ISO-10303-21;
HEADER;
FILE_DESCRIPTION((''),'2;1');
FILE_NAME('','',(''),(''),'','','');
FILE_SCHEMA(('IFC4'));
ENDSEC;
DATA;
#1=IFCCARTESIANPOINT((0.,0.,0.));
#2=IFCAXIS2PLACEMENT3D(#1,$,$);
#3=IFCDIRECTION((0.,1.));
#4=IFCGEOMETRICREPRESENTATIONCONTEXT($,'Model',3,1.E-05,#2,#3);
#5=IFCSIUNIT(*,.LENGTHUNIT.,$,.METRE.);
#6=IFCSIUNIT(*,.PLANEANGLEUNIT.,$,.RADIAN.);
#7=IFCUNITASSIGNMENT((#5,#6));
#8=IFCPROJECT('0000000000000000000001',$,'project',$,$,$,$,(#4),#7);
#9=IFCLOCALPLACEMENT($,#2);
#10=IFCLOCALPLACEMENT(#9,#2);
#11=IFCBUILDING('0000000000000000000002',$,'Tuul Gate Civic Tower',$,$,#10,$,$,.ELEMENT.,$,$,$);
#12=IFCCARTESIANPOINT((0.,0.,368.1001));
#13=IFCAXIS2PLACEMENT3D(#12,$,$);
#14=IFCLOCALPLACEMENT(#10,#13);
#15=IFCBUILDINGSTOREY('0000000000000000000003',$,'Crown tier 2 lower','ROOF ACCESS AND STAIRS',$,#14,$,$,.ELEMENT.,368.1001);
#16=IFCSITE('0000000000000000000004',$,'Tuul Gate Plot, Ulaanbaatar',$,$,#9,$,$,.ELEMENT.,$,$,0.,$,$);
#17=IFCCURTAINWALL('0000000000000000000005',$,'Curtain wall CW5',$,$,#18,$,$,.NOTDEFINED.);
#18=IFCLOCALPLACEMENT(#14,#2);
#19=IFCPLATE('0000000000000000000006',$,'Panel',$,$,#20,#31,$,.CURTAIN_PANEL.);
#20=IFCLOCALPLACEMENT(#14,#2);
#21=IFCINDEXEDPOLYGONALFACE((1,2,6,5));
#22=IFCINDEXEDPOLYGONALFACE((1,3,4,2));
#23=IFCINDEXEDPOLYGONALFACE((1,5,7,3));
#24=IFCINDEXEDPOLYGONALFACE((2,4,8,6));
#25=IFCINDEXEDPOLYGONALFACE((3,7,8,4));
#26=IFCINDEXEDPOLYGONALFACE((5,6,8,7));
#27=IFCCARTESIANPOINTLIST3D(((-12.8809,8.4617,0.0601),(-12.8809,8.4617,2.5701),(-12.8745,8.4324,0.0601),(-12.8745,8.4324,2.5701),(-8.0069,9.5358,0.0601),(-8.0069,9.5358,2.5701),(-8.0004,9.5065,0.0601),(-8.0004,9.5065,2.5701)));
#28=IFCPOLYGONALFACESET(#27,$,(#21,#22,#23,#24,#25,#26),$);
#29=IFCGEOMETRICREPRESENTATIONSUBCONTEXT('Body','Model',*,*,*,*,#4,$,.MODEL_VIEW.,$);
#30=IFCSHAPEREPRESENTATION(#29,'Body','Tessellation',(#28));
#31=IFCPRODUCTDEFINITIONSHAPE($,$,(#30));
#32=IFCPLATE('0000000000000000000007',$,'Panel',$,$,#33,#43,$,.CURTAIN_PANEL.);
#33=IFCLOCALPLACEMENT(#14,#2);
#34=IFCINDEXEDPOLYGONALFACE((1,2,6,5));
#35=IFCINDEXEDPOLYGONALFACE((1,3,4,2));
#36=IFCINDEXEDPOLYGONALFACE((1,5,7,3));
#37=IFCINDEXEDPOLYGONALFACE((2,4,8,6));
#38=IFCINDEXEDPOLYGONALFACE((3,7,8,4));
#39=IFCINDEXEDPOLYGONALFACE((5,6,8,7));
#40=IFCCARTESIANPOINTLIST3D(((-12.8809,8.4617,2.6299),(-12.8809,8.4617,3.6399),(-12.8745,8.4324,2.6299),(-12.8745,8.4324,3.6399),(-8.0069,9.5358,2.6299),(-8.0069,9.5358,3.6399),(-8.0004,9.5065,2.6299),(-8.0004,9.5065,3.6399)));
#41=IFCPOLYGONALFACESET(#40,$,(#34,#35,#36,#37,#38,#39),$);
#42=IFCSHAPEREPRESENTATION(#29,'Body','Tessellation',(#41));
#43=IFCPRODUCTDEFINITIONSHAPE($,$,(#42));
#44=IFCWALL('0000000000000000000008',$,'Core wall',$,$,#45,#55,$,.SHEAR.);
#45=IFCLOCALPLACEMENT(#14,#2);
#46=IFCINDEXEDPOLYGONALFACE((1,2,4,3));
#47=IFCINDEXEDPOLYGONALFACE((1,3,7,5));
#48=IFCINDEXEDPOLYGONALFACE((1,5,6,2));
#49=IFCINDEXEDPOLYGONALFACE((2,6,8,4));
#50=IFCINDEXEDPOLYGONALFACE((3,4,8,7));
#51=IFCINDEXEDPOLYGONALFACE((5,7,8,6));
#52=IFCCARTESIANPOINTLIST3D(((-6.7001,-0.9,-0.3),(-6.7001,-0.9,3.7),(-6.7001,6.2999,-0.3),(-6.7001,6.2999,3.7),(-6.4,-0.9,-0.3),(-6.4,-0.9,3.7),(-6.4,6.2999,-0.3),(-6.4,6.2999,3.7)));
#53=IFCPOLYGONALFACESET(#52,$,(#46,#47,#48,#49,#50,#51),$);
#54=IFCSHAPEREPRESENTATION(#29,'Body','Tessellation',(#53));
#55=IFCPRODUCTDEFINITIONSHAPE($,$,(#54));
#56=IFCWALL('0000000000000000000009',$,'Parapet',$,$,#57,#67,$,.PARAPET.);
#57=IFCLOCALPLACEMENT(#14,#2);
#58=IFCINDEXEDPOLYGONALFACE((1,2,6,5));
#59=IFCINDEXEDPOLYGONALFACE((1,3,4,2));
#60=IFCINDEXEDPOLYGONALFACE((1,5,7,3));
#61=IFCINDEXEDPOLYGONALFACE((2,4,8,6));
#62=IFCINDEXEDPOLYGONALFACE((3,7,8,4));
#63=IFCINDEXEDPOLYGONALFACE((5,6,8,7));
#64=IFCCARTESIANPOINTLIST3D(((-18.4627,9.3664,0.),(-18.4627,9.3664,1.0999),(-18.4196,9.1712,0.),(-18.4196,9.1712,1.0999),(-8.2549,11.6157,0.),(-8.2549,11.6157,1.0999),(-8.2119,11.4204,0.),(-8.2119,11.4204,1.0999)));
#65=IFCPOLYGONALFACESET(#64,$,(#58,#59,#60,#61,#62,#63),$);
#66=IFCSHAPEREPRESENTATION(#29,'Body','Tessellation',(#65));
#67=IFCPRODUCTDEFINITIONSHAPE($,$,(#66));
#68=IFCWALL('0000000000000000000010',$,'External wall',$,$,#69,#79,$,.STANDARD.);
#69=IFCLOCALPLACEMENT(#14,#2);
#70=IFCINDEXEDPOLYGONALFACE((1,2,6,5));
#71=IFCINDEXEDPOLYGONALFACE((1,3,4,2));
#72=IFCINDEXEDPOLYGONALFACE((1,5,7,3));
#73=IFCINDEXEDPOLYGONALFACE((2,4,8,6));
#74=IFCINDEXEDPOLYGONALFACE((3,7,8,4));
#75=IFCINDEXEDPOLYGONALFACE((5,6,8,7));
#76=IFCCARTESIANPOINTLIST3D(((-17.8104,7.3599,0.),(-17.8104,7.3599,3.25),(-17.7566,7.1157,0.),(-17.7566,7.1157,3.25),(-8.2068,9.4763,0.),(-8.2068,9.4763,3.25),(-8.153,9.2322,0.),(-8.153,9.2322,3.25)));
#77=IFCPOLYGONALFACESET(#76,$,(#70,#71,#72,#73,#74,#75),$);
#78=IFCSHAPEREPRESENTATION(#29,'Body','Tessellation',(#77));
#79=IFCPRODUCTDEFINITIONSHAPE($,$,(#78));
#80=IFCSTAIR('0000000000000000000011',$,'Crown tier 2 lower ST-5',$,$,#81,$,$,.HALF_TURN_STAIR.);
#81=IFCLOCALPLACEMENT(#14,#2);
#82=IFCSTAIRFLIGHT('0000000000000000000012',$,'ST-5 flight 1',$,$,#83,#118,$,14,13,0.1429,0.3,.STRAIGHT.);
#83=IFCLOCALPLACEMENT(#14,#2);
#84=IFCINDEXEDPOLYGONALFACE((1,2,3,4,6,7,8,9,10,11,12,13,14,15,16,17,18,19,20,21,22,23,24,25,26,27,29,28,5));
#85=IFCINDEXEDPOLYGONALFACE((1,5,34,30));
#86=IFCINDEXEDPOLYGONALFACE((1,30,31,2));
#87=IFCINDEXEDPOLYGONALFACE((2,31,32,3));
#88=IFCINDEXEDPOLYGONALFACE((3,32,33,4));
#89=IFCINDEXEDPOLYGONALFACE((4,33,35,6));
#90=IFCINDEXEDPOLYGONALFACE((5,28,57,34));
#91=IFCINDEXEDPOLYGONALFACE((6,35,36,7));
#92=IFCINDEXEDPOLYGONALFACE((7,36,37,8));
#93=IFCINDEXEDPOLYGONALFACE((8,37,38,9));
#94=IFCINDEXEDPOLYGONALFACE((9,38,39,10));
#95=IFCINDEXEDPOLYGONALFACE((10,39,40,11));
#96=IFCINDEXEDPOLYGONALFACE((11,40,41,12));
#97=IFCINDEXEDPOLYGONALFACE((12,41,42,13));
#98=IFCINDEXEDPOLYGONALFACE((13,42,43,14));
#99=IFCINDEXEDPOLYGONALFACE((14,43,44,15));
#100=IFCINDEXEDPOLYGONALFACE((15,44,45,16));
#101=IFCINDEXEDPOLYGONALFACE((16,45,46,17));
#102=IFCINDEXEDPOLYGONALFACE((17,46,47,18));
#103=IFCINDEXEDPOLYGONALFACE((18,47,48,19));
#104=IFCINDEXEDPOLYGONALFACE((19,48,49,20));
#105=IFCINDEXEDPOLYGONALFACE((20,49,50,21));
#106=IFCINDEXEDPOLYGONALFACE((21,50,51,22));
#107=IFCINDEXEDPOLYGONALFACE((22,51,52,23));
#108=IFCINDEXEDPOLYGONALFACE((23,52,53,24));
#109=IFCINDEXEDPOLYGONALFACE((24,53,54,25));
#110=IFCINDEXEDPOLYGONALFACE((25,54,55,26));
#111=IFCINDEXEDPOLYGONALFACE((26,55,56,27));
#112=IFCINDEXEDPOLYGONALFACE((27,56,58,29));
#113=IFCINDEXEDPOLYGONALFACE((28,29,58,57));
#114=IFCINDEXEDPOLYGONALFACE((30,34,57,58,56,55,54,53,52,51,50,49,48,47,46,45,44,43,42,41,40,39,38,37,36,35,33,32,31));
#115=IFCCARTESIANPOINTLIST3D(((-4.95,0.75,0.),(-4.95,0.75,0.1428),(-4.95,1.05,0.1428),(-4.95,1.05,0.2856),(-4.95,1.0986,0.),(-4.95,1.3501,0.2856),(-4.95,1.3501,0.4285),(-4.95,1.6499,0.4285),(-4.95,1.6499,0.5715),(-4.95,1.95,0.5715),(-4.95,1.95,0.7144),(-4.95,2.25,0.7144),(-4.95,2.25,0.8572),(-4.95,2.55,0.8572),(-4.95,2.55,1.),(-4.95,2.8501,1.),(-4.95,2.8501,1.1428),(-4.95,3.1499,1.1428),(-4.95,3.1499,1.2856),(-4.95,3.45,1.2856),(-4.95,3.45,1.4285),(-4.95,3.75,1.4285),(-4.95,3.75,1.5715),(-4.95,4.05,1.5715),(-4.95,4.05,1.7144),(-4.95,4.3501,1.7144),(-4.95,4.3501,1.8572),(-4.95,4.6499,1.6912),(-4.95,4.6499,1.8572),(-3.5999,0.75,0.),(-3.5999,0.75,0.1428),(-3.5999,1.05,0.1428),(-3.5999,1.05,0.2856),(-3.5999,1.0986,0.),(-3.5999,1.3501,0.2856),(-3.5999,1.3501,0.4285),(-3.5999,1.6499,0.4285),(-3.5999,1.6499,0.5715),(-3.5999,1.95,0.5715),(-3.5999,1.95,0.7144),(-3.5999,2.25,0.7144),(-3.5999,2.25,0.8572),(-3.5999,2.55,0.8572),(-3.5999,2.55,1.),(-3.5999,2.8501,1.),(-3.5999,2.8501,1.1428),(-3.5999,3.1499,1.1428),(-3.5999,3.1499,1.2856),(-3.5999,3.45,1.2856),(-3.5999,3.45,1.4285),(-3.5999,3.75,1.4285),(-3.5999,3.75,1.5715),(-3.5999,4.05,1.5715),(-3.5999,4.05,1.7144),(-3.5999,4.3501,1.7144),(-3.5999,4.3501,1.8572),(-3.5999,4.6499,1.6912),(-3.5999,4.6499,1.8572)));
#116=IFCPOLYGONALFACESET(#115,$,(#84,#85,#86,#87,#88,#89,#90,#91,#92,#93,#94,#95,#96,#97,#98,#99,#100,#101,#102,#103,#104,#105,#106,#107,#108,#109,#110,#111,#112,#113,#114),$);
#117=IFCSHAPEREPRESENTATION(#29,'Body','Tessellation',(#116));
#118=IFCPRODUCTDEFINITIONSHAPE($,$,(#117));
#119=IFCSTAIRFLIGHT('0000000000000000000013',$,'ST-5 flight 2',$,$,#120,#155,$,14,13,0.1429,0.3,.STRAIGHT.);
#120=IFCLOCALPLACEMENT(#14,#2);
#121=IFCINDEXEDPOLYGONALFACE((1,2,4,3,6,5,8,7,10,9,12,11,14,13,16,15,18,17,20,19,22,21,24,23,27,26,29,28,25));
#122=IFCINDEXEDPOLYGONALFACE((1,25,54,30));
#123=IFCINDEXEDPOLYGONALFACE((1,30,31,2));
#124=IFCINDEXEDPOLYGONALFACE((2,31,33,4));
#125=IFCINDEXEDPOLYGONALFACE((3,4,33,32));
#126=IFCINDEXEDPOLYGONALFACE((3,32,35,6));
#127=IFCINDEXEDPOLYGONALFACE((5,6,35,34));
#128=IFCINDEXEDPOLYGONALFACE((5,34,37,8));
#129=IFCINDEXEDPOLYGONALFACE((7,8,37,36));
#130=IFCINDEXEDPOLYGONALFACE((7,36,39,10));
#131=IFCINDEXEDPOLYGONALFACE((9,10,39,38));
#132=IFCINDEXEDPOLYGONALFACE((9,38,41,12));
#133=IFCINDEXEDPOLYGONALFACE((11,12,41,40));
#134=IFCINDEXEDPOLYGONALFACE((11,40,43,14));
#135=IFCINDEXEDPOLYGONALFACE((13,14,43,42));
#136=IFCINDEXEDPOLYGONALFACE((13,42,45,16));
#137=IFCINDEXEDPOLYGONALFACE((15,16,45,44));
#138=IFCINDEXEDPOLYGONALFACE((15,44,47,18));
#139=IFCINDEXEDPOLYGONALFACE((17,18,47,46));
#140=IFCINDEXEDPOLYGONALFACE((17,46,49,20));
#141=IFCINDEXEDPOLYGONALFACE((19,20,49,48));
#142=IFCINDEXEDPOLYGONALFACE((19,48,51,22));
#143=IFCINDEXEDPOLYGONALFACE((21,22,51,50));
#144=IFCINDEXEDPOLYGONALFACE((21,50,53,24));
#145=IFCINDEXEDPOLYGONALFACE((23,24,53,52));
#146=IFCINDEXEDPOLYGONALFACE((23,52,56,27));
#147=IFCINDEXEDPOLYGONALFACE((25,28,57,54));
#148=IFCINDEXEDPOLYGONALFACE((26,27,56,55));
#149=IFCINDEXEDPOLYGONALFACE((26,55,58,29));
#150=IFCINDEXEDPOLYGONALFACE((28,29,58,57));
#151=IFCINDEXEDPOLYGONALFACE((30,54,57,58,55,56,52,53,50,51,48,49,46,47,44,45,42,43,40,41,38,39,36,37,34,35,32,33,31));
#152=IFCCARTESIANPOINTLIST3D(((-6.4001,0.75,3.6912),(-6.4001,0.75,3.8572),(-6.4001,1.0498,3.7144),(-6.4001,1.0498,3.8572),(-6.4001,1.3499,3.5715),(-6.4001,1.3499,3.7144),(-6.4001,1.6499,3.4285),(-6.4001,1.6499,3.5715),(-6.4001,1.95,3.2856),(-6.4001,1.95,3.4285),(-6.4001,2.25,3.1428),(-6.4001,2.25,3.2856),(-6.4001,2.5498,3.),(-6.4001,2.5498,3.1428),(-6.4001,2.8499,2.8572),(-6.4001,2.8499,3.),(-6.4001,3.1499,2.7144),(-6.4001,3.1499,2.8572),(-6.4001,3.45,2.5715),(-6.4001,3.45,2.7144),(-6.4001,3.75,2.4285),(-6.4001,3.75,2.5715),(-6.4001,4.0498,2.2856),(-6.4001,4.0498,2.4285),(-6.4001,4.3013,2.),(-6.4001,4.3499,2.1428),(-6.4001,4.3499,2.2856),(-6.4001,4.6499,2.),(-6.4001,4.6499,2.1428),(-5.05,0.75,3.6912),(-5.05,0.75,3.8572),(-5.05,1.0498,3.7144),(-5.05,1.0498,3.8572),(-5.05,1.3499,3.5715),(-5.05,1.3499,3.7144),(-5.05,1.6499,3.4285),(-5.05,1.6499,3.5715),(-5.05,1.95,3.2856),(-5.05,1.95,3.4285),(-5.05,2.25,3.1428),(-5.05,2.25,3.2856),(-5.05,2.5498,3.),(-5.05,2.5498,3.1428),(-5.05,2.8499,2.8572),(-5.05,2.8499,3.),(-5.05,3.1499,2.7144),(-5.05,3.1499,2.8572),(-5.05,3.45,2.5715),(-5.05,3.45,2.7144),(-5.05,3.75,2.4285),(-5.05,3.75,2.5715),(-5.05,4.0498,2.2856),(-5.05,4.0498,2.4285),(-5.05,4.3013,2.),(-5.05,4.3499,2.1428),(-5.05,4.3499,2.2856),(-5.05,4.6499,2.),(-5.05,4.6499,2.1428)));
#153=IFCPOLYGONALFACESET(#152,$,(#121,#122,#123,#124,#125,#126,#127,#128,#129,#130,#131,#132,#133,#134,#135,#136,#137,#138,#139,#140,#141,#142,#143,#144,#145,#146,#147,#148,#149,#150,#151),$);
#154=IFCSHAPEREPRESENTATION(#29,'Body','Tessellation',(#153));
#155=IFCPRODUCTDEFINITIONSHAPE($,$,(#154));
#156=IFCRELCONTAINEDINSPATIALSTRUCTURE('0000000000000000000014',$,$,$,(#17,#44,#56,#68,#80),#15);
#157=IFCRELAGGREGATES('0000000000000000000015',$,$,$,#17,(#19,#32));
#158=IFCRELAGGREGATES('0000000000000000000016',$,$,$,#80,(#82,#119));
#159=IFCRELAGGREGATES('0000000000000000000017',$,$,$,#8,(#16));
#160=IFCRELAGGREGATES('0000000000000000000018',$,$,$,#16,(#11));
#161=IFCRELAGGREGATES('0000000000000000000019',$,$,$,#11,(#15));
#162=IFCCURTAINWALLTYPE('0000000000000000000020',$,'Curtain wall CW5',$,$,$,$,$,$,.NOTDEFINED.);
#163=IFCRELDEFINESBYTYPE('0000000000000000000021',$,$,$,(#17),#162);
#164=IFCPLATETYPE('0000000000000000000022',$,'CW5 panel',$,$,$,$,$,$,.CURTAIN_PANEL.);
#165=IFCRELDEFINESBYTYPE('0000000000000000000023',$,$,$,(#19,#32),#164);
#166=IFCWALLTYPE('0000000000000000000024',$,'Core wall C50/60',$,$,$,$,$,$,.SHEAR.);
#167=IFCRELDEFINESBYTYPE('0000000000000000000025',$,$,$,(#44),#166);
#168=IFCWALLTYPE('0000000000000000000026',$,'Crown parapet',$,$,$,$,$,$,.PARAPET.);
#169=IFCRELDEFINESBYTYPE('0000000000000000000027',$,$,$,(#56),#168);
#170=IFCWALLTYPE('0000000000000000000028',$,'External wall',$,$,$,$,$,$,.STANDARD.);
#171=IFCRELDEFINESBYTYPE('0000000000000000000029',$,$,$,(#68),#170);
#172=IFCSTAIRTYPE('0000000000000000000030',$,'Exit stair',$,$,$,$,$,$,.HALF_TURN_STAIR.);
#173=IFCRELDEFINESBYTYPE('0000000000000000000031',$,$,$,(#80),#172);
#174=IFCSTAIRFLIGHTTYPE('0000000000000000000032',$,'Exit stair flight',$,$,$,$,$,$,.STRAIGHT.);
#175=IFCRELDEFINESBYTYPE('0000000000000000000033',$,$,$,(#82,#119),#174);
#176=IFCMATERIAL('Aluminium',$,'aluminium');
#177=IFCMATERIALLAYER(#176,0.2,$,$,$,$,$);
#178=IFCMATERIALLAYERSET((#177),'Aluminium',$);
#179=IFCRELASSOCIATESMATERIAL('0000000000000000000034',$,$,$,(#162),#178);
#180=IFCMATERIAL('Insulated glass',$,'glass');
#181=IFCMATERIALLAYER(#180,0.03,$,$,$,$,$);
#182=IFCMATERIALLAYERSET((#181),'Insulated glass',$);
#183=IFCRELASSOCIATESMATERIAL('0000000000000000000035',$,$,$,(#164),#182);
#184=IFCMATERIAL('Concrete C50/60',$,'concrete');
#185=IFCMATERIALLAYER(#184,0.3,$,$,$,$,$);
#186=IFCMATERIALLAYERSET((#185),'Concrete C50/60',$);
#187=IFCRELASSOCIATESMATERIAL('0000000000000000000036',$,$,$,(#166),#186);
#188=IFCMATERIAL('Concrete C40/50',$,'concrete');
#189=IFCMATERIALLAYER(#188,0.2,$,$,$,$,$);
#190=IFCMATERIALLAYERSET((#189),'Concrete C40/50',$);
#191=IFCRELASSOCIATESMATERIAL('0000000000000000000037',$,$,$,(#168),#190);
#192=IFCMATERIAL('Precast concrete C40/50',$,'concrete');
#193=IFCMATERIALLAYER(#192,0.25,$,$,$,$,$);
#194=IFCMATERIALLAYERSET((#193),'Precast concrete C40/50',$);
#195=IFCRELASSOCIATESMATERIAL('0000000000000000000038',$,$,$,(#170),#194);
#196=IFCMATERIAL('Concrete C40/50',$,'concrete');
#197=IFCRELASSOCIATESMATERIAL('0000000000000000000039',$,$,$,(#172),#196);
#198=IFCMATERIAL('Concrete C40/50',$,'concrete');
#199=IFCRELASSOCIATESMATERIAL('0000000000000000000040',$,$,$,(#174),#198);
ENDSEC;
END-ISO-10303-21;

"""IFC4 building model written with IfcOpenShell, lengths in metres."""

from ifc_helpers import new_model, si_unit, direction, frame, frame_2d, origin, origin_2d, place, context, subcontext, project, spatial, polyline, rectangle, outline, extrude, material, layer, layer_set, type_object, element, aggregate, save


model = new_model("IFC4")

# Units and contexts
model_context = context("Model", 3, precision=1e-05, world=origin(), true_north=direction((0.0, 1.0)))
body_context = subcontext(model_context, "Body", "Model", "MODEL_VIEW")
ifc_project = project(units=[si_unit("LENGTHUNIT", "METRE"), si_unit("PLANEANGLEUNIT", "RADIAN")], contexts=[model_context])

# Site, building, storey
site_placement = place(None, origin())
site = spatial("IfcSite", under=ifc_project, at=site_placement, Name="Tuul Gate Plot, Ulaanbaatar", CompositionType="ELEMENT", RefElevation=0.0)
building_placement = place(site_placement, origin())
building = spatial("IfcBuilding", under=site, at=building_placement, Name="Tuul Gate Civic Tower", CompositionType="ELEMENT")
storey_placement = place(building_placement, frame((0.0, 0.0, 368.1001)))
storey = spatial("IfcBuildingStorey", under=building, at=storey_placement, Name="Crown tier 2 lower", Description="ROOF ACCESS AND STAIRS", CompositionType="ELEMENT", Elevation=368.1001)

# Shared definitions
ifc_material_1 = material(Name="Aluminium", Category="aluminium")
ifc_layer_1 = layer(ifc_material_1, 0.2)
ifc_layer_set_1 = layer_set([ifc_layer_1], Name="Aluminium")
curtain_wall_type = type_object("IfcCurtainWallType", Name="Curtain wall CW5", PredefinedType="NOTDEFINED", material=ifc_layer_set_1)

# Curtain wall
curtain_wall_1_placement = place(storey_placement, origin())
curtain_wall_1 = element("IfcCurtainWall", 1, at=curtain_wall_1_placement, inside=storey, type_object=curtain_wall_type, Name="Curtain wall CW5", PredefinedType="NOTDEFINED")

# Plates
ifc_material_2 = material(Name="Insulated glass", Category="glass")
ifc_layer_2 = layer(ifc_material_2, 0.03)
ifc_layer_set_2 = layer_set([ifc_layer_2], Name="Insulated glass")
plate_type = type_object("IfcPlateType", Name="CW5 panel", PredefinedType="CURTAIN_PANEL", material=ifc_layer_set_2)
plate_1_placement = place(storey_placement, frame((-10.4407, 8.9841, 0.0601), z_axis=(0.0, 0.0, 1.0), x_axis=(-0.976568, -0.215211, 0.0)))
plate_1 = element("IfcPlate", 2, at=plate_1_placement, type_object=plate_type, Name="Panel", PredefinedType="CURTAIN_PANEL", context=body_context, shape_type="SweptSolid", body=[
    extrude(rectangle(XDim=4.991, YDim=0.03, at=origin_2d()), origin(), (0.0, 0.0, 1.0), 2.51),
])
plate_2_placement = place(storey_placement, frame((-10.4407, 8.9841, 2.6299), z_axis=(0.0, 0.0, 1.0), x_axis=(-0.976568, -0.215211, 0.0)))
plate_2 = element("IfcPlate", 3, at=plate_2_placement, type_object=plate_type, Name="Panel", PredefinedType="CURTAIN_PANEL", context=body_context, shape_type="SweptSolid", body=[
    extrude(rectangle(XDim=4.991, YDim=0.03, at=origin_2d()), origin(), (0.0, 0.0, 1.0), 1.01),
])
aggregate(curtain_wall_1, [plate_1, plate_2])

# Walls
ifc_material_3 = material(Name="Concrete C50/60", Category="concrete")
ifc_layer_3 = layer(ifc_material_3, 0.3)
ifc_layer_set_3 = layer_set([ifc_layer_3], Name="Concrete C50/60")
wall_type_1 = type_object("IfcWallType", Name="Core wall C50/60", PredefinedType="SHEAR", material=ifc_layer_set_3)
wall_1_placement = place(storey_placement, frame((-6.55, 6.3, -0.3), z_axis=(0.0, 0.0, 1.0), x_axis=(0.0, -1.0, 0.0)))
element("IfcWall", 4, at=wall_1_placement, inside=storey, type_object=wall_type_1, Name="Core wall", PredefinedType="SHEAR", context=body_context, shape_type="SweptSolid", body=[
    extrude(rectangle(XDim=7.2, YDim=0.3, at=frame_2d((3.6001, 0.0))), origin(), (0.0, 0.0, 1.0), 4.0),
])
ifc_material_4 = material(Name="Concrete C40/50", Category="concrete")
ifc_layer_4 = layer(ifc_material_4, 0.2)
ifc_layer_set_4 = layer_set([ifc_layer_4], Name="Concrete C40/50")
wall_type_2 = type_object("IfcWallType", Name="Crown parapet", PredefinedType="PARAPET", material=ifc_layer_set_4)
wall_2_placement = place(storey_placement, frame((-8.2334, 11.5181, 0.0), z_axis=(0.0, 0.0, 1.0), x_axis=(-0.976573, -0.215187, 0.0)))
element("IfcWall", 5, at=wall_2_placement, inside=storey, type_object=wall_type_2, Name="Parapet", PredefinedType="PARAPET", context=body_context, shape_type="SweptSolid", body=[
    extrude(rectangle(XDim=10.4526, YDim=0.2, at=frame_2d((5.2263, 0.0))), origin(), (0.0, 0.0, 1.0), 1.0999),
])
ifc_material_5 = material(Name="Precast concrete C40/50", Category="concrete")
ifc_layer_5 = layer(ifc_material_5, 0.25)
ifc_layer_set_5 = layer_set([ifc_layer_5], Name="Precast concrete C40/50")
wall_type_3 = type_object("IfcWallType", Name="External wall", PredefinedType="STANDARD", material=ifc_layer_set_5)
wall_3_placement = place(storey_placement, frame((-8.1799, 9.3542, 0.0), z_axis=(0.0, 0.0, 1.0), x_axis=(-0.976566, -0.215219, 0.0)))
element("IfcWall", 6, at=wall_3_placement, inside=storey, type_object=wall_type_3, Name="External wall", PredefinedType="STANDARD", context=body_context, shape_type="SweptSolid", body=[
    extrude(rectangle(XDim=9.834, YDim=0.25, at=frame_2d((4.917, 0.0))), origin(), (0.0, 0.0, 1.0), 3.25),
])

# Stair, stair flights
ifc_material_6 = material(Name="Concrete C40/50", Category="concrete")
stair_type = type_object("IfcStairType", Name="Exit stair", PredefinedType="HALF_TURN_STAIR", material=ifc_material_6)
stair_placement = place(storey_placement, origin())
stair = element("IfcStair", 7, at=stair_placement, inside=storey, type_object=stair_type, Name="Crown tier 2 lower ST-5", PredefinedType="HALF_TURN_STAIR")
ifc_material_7 = material(Name="Concrete C40/50", Category="concrete")
stair_flight_type = type_object("IfcStairFlightType", Name="Exit stair flight", PredefinedType="STRAIGHT", material=ifc_material_7)
stair_flight_1_placement = place(storey_placement, frame((-4.2749, 0.75, 0.0), z_axis=(0.0, 0.0, 1.0), x_axis=(0.0, 1.0, 0.0)))
stair_flight_1 = element("IfcStairFlight", 8, at=stair_flight_1_placement, type_object=stair_flight_type, Name="ST-5 flight 1", NumberOfRisers=14, NumberOfTreads=13, PredefinedType="STRAIGHT", RiserHeight=0.1429, TreadLength=0.3, context=body_context, shape_type="SweptSolid", body=[
    extrude(outline(polyline([(0.0, 0.0), (0.0, 0.1428), (0.3, 0.1428), (0.3, 0.2856), (0.6001, 0.2856), (0.6001, 0.4285), (0.8999, 0.4285), (0.8999, 0.5715), (1.2, 0.5715), (1.2, 0.7144), (1.5, 0.7144), (1.5, 0.8572), (1.8, 0.8572), (1.8, 1.0), (2.1001, 1.0), (2.1001, 1.1428), (2.3999, 1.1428), (2.3999, 1.2856), (2.7, 1.2856), (2.7, 1.4285), (3.0, 1.4285), (3.0, 1.5715), (3.3, 1.5715), (3.3, 1.7144), (3.6001, 1.7144), (3.6001, 1.8572), (3.8999, 1.8572), (3.8999, 2.0), (3.8999, 1.6912), (0.3486, 0.0), (0.0, 0.0)])), frame((0.0, 0.675, 0.0), z_axis=(0.0, -1.0, 0.0), x_axis=(1.0, 0.0, 0.0)), (0.0, 0.0, 1.0), 1.3501),
])
stair_flight_2_placement = place(storey_placement, frame((-5.7251, 4.6499, 2.0), z_axis=(0.0, 0.0, 1.0), x_axis=(0.0, -1.0, 0.0)))
stair_flight_2 = element("IfcStairFlight", 9, at=stair_flight_2_placement, type_object=stair_flight_type, Name="ST-5 flight 2", NumberOfRisers=14, NumberOfTreads=13, PredefinedType="STRAIGHT", RiserHeight=0.1429, TreadLength=0.3, context=body_context, shape_type="SweptSolid", body=[
    extrude(outline(polyline([(0.0, 0.0), (0.0, 0.1428), (0.3, 0.1428), (0.3, 0.2856), (0.6001, 0.2856), (0.6001, 0.4285), (0.8999, 0.4285), (0.8999, 0.5715), (1.2, 0.5715), (1.2, 0.7144), (1.5, 0.7144), (1.5, 0.8572), (1.8, 0.8572), (1.8, 1.0), (2.1001, 1.0), (2.1001, 1.1428), (2.3999, 1.1428), (2.3999, 1.2856), (2.7, 1.2856), (2.7, 1.4285), (3.0, 1.4285), (3.0, 1.5715), (3.3, 1.5715), (3.3, 1.7144), (3.6001, 1.7144), (3.6001, 1.8572), (3.8999, 1.8572), (3.8999, 2.0), (3.8999, 1.6912), (0.3486, 0.0), (0.0, 0.0)])), frame((0.0, 0.675, 0.0), z_axis=(0.0, -1.0, 0.0), x_axis=(1.0, 0.0, 0.0)), (0.0, 0.0, 1.0), 1.3501),
])
aggregate(stair, [stair_flight_1, stair_flight_2])

save(model, "model.ifc")
